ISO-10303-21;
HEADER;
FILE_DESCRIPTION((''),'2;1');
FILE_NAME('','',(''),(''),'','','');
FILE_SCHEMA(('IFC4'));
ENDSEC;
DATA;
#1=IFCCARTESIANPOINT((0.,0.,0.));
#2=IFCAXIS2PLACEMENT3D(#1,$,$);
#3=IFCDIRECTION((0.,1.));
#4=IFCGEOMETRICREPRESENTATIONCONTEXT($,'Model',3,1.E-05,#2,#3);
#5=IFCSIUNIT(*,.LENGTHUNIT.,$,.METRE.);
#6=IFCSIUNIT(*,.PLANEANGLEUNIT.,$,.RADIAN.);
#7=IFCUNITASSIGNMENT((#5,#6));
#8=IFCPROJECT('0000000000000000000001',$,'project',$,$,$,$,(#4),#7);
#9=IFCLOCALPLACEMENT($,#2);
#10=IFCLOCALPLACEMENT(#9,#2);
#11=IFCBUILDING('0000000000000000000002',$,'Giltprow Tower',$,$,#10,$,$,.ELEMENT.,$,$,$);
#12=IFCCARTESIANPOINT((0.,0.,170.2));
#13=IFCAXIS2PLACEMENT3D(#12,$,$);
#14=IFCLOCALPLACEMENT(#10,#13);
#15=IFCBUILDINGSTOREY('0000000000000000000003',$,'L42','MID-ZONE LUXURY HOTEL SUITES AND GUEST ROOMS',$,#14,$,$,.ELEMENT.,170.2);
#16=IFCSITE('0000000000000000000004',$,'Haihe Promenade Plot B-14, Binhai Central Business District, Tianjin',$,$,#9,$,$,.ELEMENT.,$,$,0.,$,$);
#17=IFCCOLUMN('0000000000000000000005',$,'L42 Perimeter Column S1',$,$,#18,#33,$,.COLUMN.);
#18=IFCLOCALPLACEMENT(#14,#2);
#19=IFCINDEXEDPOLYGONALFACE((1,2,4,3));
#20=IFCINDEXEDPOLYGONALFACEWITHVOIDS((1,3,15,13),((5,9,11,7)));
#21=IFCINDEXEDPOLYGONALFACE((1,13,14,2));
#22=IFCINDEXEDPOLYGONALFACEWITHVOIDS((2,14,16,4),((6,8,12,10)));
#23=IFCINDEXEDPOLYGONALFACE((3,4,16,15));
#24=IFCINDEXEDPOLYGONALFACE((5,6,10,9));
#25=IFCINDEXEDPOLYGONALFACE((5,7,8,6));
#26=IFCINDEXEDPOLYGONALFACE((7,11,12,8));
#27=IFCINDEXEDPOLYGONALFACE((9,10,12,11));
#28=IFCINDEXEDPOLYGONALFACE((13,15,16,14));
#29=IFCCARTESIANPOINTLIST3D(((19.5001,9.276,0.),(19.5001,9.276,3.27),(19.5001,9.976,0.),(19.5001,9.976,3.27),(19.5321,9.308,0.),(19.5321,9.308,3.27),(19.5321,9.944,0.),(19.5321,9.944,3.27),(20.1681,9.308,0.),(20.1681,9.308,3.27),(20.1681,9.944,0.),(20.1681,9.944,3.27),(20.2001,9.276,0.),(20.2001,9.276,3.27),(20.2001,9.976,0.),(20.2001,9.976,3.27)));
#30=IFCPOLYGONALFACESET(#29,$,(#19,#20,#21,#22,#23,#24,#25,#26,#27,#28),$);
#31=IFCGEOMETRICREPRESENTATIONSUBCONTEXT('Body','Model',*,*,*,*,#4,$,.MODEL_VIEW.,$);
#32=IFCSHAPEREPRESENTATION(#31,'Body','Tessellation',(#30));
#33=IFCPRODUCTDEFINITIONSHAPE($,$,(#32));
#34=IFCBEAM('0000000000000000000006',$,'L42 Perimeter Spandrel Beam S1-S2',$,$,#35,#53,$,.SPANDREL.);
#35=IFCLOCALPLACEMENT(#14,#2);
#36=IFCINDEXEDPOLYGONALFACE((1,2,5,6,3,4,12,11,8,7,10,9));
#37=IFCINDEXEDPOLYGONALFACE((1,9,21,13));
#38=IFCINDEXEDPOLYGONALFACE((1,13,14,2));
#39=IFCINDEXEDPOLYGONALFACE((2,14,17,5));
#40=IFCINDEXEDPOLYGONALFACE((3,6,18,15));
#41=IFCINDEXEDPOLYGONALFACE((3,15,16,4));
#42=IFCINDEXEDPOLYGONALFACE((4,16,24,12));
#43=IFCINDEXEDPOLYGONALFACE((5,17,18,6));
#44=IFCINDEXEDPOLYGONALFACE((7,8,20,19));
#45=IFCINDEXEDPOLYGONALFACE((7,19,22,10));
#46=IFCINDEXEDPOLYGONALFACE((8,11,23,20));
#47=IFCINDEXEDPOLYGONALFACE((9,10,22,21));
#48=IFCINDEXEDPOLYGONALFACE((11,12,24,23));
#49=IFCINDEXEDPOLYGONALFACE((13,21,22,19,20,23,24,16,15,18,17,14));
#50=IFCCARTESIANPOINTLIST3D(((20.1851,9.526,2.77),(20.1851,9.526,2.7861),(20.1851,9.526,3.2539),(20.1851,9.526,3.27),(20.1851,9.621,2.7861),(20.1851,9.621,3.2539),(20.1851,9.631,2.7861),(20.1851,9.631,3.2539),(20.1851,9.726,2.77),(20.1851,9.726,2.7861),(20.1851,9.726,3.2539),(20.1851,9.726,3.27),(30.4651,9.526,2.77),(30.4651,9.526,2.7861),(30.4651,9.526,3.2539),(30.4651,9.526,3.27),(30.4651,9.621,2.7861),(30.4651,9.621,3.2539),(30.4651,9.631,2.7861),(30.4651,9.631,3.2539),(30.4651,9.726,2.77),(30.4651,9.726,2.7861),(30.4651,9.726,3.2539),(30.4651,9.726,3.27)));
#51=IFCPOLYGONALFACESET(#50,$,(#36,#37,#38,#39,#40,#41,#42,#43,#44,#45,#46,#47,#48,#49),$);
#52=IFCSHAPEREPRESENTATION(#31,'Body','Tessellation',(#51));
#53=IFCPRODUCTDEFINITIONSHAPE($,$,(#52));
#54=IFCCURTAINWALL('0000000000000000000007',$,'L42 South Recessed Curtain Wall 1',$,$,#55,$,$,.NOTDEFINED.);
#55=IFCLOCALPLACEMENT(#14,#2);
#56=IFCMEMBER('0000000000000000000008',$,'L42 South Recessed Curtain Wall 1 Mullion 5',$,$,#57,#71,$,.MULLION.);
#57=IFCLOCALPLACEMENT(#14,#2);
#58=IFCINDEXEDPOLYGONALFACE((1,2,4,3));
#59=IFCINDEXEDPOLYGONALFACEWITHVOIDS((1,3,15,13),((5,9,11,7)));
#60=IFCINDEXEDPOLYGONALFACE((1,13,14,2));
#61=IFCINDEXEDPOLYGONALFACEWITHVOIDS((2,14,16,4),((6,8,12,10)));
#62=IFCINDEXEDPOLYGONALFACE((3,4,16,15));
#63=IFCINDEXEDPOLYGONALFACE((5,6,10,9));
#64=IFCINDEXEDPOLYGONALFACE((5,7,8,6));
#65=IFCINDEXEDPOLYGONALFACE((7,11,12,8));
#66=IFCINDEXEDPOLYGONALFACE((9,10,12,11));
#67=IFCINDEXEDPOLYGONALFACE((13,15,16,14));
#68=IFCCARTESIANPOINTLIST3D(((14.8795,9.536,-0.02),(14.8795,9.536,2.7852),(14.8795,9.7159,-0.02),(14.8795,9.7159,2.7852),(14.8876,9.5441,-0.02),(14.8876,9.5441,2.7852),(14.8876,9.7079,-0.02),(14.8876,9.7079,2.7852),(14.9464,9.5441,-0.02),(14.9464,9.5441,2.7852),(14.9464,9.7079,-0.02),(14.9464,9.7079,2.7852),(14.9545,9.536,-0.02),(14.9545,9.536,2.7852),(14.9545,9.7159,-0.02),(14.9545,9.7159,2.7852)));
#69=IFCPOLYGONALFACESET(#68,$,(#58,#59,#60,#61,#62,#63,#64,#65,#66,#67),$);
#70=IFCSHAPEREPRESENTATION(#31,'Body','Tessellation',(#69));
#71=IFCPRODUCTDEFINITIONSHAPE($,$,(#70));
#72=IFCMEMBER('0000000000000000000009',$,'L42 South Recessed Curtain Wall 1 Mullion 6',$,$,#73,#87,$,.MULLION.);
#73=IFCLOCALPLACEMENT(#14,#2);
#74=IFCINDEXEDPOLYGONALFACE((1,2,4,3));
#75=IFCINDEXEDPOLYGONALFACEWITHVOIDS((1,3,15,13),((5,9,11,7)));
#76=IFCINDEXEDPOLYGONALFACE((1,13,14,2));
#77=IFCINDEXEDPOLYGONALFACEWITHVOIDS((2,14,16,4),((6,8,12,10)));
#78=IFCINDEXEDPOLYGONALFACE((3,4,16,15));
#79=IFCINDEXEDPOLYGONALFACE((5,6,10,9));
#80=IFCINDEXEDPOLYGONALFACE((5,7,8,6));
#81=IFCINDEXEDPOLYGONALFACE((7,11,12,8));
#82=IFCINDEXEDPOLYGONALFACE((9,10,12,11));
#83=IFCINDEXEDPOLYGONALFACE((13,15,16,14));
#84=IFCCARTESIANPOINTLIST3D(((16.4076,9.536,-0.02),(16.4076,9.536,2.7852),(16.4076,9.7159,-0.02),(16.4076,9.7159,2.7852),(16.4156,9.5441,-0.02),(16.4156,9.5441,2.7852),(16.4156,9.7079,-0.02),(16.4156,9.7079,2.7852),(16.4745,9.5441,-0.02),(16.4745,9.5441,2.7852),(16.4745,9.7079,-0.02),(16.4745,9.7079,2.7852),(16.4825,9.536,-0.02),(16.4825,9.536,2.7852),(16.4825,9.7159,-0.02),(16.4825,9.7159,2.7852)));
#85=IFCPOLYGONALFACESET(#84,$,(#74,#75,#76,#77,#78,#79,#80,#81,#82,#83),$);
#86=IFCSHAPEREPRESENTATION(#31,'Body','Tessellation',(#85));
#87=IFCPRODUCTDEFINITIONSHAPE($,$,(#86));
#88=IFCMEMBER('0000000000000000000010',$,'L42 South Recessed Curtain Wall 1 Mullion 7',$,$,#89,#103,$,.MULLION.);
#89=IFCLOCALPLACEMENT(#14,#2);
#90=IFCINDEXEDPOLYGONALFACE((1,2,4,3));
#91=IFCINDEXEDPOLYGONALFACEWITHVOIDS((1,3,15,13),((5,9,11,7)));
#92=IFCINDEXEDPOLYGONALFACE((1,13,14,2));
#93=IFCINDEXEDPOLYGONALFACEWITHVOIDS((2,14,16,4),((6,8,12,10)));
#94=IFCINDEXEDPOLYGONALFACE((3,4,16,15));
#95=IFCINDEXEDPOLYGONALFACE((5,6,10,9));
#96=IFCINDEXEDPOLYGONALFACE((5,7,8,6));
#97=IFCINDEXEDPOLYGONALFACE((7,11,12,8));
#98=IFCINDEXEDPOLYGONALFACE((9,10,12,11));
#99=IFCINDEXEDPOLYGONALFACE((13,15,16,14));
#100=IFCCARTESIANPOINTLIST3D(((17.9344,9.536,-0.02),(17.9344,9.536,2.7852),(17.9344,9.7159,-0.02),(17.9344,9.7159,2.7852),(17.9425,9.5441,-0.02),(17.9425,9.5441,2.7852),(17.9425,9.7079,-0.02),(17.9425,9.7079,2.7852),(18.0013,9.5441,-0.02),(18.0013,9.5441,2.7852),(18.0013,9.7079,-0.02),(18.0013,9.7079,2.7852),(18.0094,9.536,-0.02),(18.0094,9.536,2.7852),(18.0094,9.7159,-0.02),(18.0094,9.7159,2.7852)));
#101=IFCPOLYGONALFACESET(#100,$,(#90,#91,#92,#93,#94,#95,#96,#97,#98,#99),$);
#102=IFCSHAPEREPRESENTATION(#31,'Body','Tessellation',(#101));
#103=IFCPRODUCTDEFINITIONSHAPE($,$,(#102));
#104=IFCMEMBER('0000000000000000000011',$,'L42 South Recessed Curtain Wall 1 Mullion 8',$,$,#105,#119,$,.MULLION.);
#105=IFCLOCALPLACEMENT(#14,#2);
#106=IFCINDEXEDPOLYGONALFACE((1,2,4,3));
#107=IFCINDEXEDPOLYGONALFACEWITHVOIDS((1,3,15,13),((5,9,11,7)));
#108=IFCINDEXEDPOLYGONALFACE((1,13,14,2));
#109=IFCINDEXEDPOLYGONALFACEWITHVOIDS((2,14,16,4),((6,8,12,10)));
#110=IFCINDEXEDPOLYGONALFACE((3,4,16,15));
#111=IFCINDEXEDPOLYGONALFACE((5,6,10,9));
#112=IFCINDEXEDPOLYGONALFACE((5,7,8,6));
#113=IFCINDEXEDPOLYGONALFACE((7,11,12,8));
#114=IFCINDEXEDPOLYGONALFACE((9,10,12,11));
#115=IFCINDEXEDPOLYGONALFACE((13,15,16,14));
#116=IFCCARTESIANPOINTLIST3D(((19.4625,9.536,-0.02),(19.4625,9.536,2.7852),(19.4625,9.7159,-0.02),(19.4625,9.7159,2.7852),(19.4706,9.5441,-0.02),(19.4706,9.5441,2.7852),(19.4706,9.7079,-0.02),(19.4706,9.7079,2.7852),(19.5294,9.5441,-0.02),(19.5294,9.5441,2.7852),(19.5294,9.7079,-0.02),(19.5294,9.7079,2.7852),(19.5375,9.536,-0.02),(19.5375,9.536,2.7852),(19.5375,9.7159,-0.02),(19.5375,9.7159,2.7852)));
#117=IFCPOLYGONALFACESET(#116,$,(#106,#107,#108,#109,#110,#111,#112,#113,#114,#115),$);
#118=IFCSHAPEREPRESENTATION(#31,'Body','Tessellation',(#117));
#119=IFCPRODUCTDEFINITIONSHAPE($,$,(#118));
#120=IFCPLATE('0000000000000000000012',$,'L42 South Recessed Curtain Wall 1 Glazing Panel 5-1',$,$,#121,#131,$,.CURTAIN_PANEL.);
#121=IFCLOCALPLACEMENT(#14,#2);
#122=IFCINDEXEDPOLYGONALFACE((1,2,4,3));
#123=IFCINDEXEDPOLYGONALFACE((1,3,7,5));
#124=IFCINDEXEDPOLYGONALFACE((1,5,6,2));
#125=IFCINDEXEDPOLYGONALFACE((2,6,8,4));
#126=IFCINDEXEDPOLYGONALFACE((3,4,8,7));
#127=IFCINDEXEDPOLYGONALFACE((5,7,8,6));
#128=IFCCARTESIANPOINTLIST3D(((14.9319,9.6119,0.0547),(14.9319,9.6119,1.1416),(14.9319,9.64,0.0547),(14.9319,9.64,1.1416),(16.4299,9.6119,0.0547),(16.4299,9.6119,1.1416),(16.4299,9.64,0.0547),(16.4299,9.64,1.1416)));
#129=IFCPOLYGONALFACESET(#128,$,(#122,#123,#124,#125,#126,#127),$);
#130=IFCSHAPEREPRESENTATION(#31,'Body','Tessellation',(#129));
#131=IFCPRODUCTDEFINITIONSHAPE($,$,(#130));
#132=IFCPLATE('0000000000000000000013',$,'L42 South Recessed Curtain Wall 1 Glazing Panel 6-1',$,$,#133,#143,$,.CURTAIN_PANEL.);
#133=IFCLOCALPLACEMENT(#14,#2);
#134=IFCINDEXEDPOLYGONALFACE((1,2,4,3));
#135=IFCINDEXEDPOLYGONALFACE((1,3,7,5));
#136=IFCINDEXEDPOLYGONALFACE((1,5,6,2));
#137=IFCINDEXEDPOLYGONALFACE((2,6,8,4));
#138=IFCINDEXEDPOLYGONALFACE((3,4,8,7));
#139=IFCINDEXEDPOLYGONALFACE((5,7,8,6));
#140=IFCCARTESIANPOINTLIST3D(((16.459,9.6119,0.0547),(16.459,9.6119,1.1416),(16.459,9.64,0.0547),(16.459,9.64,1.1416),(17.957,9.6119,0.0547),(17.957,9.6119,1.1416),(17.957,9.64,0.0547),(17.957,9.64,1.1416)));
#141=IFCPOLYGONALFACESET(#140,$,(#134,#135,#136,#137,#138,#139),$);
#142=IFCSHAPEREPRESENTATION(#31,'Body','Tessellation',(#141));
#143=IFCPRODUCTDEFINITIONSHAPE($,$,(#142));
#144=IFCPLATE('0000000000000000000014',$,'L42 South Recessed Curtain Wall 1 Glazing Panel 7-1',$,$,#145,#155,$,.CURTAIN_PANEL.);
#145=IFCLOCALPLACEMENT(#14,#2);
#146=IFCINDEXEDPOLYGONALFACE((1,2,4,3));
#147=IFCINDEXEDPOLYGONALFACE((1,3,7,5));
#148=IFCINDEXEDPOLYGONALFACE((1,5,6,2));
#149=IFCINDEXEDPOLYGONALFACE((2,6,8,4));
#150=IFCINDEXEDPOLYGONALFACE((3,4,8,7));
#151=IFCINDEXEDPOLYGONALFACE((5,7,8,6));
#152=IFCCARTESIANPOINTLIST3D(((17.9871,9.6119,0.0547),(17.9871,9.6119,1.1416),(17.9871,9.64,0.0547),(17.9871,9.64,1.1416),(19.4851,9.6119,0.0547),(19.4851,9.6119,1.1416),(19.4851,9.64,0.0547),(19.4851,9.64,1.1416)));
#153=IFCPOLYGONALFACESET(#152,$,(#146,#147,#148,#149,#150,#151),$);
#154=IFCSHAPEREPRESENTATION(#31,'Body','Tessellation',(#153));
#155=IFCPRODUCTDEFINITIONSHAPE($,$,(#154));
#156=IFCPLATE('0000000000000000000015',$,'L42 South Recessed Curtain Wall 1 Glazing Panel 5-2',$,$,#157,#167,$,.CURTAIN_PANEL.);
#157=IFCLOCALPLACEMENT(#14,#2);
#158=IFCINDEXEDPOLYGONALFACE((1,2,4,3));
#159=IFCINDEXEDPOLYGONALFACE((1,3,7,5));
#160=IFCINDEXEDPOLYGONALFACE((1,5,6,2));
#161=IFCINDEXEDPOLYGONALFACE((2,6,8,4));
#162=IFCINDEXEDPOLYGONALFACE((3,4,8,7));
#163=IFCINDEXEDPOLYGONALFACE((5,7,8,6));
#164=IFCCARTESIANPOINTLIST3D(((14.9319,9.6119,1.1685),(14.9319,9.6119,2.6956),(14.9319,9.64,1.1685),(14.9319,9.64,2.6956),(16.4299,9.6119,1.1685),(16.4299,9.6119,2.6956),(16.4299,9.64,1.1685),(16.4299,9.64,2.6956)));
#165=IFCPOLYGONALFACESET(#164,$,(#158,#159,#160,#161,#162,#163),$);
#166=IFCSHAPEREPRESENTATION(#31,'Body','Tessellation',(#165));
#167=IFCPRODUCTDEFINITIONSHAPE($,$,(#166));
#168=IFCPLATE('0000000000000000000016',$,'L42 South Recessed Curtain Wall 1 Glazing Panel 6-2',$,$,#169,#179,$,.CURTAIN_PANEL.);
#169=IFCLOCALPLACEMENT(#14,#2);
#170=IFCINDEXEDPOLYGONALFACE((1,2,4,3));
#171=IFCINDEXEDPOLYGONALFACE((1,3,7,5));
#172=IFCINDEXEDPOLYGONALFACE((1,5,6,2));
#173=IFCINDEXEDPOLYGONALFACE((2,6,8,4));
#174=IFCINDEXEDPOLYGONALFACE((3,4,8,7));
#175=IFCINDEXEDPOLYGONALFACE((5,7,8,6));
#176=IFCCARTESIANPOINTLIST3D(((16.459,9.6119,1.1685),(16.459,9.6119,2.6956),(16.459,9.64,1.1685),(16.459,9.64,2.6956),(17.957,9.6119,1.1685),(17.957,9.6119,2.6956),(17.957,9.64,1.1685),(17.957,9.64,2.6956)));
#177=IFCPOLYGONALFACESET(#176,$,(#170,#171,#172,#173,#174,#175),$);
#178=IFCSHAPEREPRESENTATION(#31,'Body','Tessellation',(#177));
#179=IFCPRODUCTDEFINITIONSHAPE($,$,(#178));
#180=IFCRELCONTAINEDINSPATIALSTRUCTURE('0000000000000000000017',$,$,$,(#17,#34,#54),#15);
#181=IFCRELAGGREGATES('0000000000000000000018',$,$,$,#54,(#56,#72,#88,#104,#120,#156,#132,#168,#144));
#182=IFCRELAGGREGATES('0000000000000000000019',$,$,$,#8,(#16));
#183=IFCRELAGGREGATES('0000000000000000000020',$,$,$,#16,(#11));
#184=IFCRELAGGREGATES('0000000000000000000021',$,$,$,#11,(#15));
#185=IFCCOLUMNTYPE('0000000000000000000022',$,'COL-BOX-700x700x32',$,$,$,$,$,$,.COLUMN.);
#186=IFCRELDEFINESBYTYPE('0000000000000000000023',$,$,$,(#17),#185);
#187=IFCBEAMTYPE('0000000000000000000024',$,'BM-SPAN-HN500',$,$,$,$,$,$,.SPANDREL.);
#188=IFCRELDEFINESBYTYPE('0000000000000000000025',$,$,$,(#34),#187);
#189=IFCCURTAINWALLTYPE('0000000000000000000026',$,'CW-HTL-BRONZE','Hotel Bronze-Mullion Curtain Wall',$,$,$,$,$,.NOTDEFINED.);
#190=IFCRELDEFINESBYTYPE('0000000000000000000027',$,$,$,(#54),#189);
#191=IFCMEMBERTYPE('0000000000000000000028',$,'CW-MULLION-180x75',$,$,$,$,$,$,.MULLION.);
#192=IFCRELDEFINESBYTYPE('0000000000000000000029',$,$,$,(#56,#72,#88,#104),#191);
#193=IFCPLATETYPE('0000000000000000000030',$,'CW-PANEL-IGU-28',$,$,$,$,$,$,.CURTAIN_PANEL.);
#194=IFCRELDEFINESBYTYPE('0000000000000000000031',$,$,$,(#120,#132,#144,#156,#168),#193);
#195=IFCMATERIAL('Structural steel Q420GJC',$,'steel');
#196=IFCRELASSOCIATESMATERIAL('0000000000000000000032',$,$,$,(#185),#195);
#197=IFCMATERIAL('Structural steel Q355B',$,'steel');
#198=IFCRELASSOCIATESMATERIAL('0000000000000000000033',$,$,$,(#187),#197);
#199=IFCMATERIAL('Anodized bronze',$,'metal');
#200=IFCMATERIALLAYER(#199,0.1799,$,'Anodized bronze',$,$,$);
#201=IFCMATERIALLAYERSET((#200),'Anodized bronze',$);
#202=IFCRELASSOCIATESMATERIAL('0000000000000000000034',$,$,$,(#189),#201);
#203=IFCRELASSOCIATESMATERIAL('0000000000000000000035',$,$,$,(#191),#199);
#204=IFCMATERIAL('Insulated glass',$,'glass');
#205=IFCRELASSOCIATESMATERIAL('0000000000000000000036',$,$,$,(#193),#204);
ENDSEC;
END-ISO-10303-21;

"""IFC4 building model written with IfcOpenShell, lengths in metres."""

from ifc_helpers import new_model, si_unit, direction, frame, origin, origin_2d, place, context, subcontext, project, spatial, rectangle, hollow_rectangle, i_section, extrude, source, transform, mapped, material, layer, layer_set, material_profile, profile_set, type_object, element, aggregate, save


model = new_model("IFC4")

# Units and contexts
model_context = context("Model", 3, precision=1e-05, world=origin(), true_north=direction((0.0, 1.0)))
body_context = subcontext(model_context, "Body", "Model", "MODEL_VIEW")
ifc_project = project(units=[si_unit("LENGTHUNIT", "METRE"), si_unit("PLANEANGLEUNIT", "RADIAN")], contexts=[model_context])

# Site, building, storey
site_placement = place(None, origin())
site = spatial("IfcSite", under=ifc_project, at=site_placement, Name="Haihe Promenade Plot B-14, Binhai Central Business District, Tianjin", CompositionType="ELEMENT", RefElevation=0.0)
building_placement = place(site_placement, origin())
building = spatial("IfcBuilding", under=site, at=building_placement, Name="Giltprow Tower", CompositionType="ELEMENT")
storey_placement = place(building_placement, frame((0.0, 0.0, 170.2)))
storey = spatial("IfcBuildingStorey", under=building, at=storey_placement, Name="L42", Description="MID-ZONE LUXURY HOTEL SUITES AND GUEST ROOMS", CompositionType="ELEMENT", Elevation=170.2)

# Column
ifc_material_1 = material(Name="Structural steel Q420GJC", Category="steel")
ifc_material_profile_1 = material_profile(ifc_material_1, hollow_rectangle(XDim=0.7, YDim=0.7, WallThickness=0.032, at=origin_2d()), Name="BOX 700x700x32")
ifc_profile_set_1 = profile_set([ifc_material_profile_1], Name="Structural steel Q420GJC")
column_type = type_object("IfcColumnType", Name="COL-BOX-700x700x32", PredefinedType="COLUMN", material=ifc_profile_set_1)
shared_shape_1 = source(origin(), body_context, "Body", "SweptSolid", [
    extrude(hollow_rectangle(XDim=0.7, YDim=0.7, WallThickness=0.032, at=origin_2d()), origin(), (0.0, 0.0, 1.0), 3.27),
])
column_placement = place(storey_placement, frame((19.8501, 9.626, 0.0), z_axis=(0.0, 0.0, 1.0), x_axis=(1.0, 0.0, 0.0)))
element("IfcColumn", 1, at=column_placement, inside=storey, type_object=column_type, Name="L42 Perimeter Column S1", PredefinedType="COLUMN", context=body_context, shape_type="MappedRepresentation", body=[
    mapped(shared_shape_1, transform((0.0, 0.0, 0.0), x_axis=(1.0, 0.0, 0.0), y_axis=(0.0, 1.0, 0.0), z_axis=(0.0, 0.0, 1.0), scale=1.0)),
])

# Beam
ifc_material_2 = material(Name="Structural steel Q355B", Category="steel")
ifc_material_profile_2 = material_profile(ifc_material_2, i_section(OverallWidth=0.2, OverallDepth=0.5, WebThickness=0.01, FlangeThickness=0.0161, at=origin_2d()), Name="HN 500x200x10x16")
ifc_profile_set_2 = profile_set([ifc_material_profile_2], Name="Structural steel Q355B")
beam_type = type_object("IfcBeamType", Name="BM-SPAN-HN500", PredefinedType="SPANDREL", material=ifc_profile_set_2)
shared_shape_2 = source(origin(), body_context, "Body", "SweptSolid", [
    extrude(i_section(OverallWidth=0.2, OverallDepth=0.5, WebThickness=0.01, FlangeThickness=0.0161, at=origin_2d()), origin(), (0.0, 0.0, 1.0), 10.28),
])
beam_placement = place(storey_placement, frame((20.1851, 9.626, 3.02), z_axis=(1.0, 0.0, 0.0), x_axis=(0.0, 1.0, 0.0)))
element("IfcBeam", 2, at=beam_placement, inside=storey, type_object=beam_type, Name="L42 Perimeter Spandrel Beam S1-S2", PredefinedType="SPANDREL", context=body_context, shape_type="MappedRepresentation", body=[
    mapped(shared_shape_2, transform((0.0, 0.0, 0.0), x_axis=(1.0, 0.0, 0.0), y_axis=(0.0, 1.0, 0.0), z_axis=(0.0, 0.0, 1.0), scale=1.0)),
])

# Curtain wall, members, plates
ifc_material_3 = material(Name="Anodized bronze", Category="metal")
ifc_layer_1 = layer(ifc_material_3, 0.1799, Name="Anodized bronze")
ifc_layer_set_1 = layer_set([ifc_layer_1], Name="Anodized bronze")
curtain_wall_type = type_object("IfcCurtainWallType", Name="CW-HTL-BRONZE", Description="Hotel Bronze-Mullion Curtain Wall", PredefinedType="NOTDEFINED", material=ifc_layer_set_1)
curtain_wall_placement = place(storey_placement, origin())
curtain_wall = element("IfcCurtainWall", 3, at=curtain_wall_placement, inside=storey, type_object=curtain_wall_type, Name="L42 South Recessed Curtain Wall 1", PredefinedType="NOTDEFINED")
ifc_material_profile_3 = material_profile(ifc_material_3, hollow_rectangle(XDim=0.075, YDim=0.1799, WallThickness=0.0081, at=origin_2d()), Name="RHS 180x75x8")
ifc_profile_set_3 = profile_set([ifc_material_profile_3], Name="Anodized bronze")
member_type = type_object("IfcMemberType", Name="CW-MULLION-180x75", PredefinedType="MULLION", material=ifc_profile_set_3)
shared_shape_3 = source(origin(), body_context, "Body", "SweptSolid", [
    extrude(hollow_rectangle(XDim=0.075, YDim=0.1799, WallThickness=0.0081, at=origin_2d()), origin(), (0.0, 0.0, 1.0), 2.8052),
])
member_1_placement = place(storey_placement, frame((14.917, 9.626, -0.02), z_axis=(0.0, 0.0, 1.0), x_axis=(1.0, 0.0, 0.0)))
member_1 = element("IfcMember", 4, at=member_1_placement, type_object=member_type, Name="L42 South Recessed Curtain Wall 1 Mullion 5", PredefinedType="MULLION", context=body_context, shape_type="MappedRepresentation", body=[
    mapped(shared_shape_3, transform((0.0, 0.0, 0.0), x_axis=(1.0, 0.0, 0.0), y_axis=(0.0, 1.0, 0.0), z_axis=(0.0, 0.0, 1.0), scale=1.0)),
])
member_2_placement = place(storey_placement, frame((16.4451, 9.626, -0.02), z_axis=(0.0, 0.0, 1.0), x_axis=(1.0, 0.0, 0.0)))
member_2 = element("IfcMember", 5, at=member_2_placement, type_object=member_type, Name="L42 South Recessed Curtain Wall 1 Mullion 6", PredefinedType="MULLION", context=body_context, shape_type="MappedRepresentation", body=[
    mapped(shared_shape_3, transform((0.0, 0.0, 0.0), x_axis=(1.0, 0.0, 0.0), y_axis=(0.0, 1.0, 0.0), z_axis=(0.0, 0.0, 1.0), scale=1.0)),
])
member_3_placement = place(storey_placement, frame((17.9719, 9.626, -0.02), z_axis=(0.0, 0.0, 1.0), x_axis=(1.0, 0.0, 0.0)))
member_3 = element("IfcMember", 6, at=member_3_placement, type_object=member_type, Name="L42 South Recessed Curtain Wall 1 Mullion 7", PredefinedType="MULLION", context=body_context, shape_type="MappedRepresentation", body=[
    mapped(shared_shape_3, transform((0.0, 0.0, 0.0), x_axis=(1.0, 0.0, 0.0), y_axis=(0.0, 1.0, 0.0), z_axis=(0.0, 0.0, 1.0), scale=1.0)),
])
member_4_placement = place(storey_placement, frame((19.5, 9.626, -0.02), z_axis=(0.0, 0.0, 1.0), x_axis=(1.0, 0.0, 0.0)))
member_4 = element("IfcMember", 7, at=member_4_placement, type_object=member_type, Name="L42 South Recessed Curtain Wall 1 Mullion 8", PredefinedType="MULLION", context=body_context, shape_type="MappedRepresentation", body=[
    mapped(shared_shape_3, transform((0.0, 0.0, 0.0), x_axis=(1.0, 0.0, 0.0), y_axis=(0.0, 1.0, 0.0), z_axis=(0.0, 0.0, 1.0), scale=1.0)),
])
ifc_material_4 = material(Name="Insulated glass", Category="glass")
plate_type = type_object("IfcPlateType", Name="CW-PANEL-IGU-28", PredefinedType="CURTAIN_PANEL", material=ifc_material_4)
shared_shape_4 = source(origin(), body_context, "Body", "SweptSolid", [
    extrude(rectangle(XDim=1.498, YDim=0.0281, at=origin_2d()), origin(), (0.0, 0.0, 1.0), 1.0869),
])
plate_1_placement = place(storey_placement, frame((15.6809, 9.626, 0.0547), z_axis=(0.0, 0.0, 1.0), x_axis=(1.0, 0.0, 0.0)))
plate_1 = element("IfcPlate", 8, at=plate_1_placement, type_object=plate_type, Name="L42 South Recessed Curtain Wall 1 Glazing Panel 5-1", PredefinedType="CURTAIN_PANEL", context=body_context, shape_type="MappedRepresentation", body=[
    mapped(shared_shape_4, transform((0.0, 0.0, 0.0), x_axis=(1.0, 0.0, 0.0), y_axis=(0.0, 1.0, 0.0), z_axis=(0.0, 0.0, 1.0), scale=1.0)),
])
plate_2_placement = place(storey_placement, frame((17.208, 9.626, 0.0547), z_axis=(0.0, 0.0, 1.0), x_axis=(1.0, 0.0, 0.0)))
plate_2 = element("IfcPlate", 9, at=plate_2_placement, type_object=plate_type, Name="L42 South Recessed Curtain Wall 1 Glazing Panel 6-1", PredefinedType="CURTAIN_PANEL", context=body_context, shape_type="MappedRepresentation", body=[
    mapped(shared_shape_4, transform((0.0, 0.0, 0.0), x_axis=(1.0, 0.0, 0.0), y_axis=(0.0, 1.0, 0.0), z_axis=(0.0, 0.0, 1.0), scale=1.0)),
])
plate_3_placement = place(storey_placement, frame((18.7361, 9.626, 0.0547), z_axis=(0.0, 0.0, 1.0), x_axis=(1.0, 0.0, 0.0)))
plate_3 = element("IfcPlate", 10, at=plate_3_placement, type_object=plate_type, Name="L42 South Recessed Curtain Wall 1 Glazing Panel 7-1", PredefinedType="CURTAIN_PANEL", context=body_context, shape_type="MappedRepresentation", body=[
    mapped(shared_shape_4, transform((0.0, 0.0, 0.0), x_axis=(1.0, 0.0, 0.0), y_axis=(0.0, 1.0, 0.0), z_axis=(0.0, 0.0, 1.0), scale=1.0)),
])
shared_shape_5 = source(origin(), body_context, "Body", "SweptSolid", [
    extrude(rectangle(XDim=1.498, YDim=0.0281, at=origin_2d()), origin(), (0.0, 0.0, 1.0), 1.5271),
])
plate_4_placement = place(storey_placement, frame((15.6809, 9.626, 1.1685), z_axis=(0.0, 0.0, 1.0), x_axis=(1.0, 0.0, 0.0)))
plate_4 = element("IfcPlate", 11, at=plate_4_placement, type_object=plate_type, Name="L42 South Recessed Curtain Wall 1 Glazing Panel 5-2", PredefinedType="CURTAIN_PANEL", context=body_context, shape_type="MappedRepresentation", body=[
    mapped(shared_shape_5, transform((0.0, 0.0, 0.0), x_axis=(1.0, 0.0, 0.0), y_axis=(0.0, 1.0, 0.0), z_axis=(0.0, 0.0, 1.0), scale=1.0)),
])
plate_5_placement = place(storey_placement, frame((17.208, 9.626, 1.1685), z_axis=(0.0, 0.0, 1.0), x_axis=(1.0, 0.0, 0.0)))
plate_5 = element("IfcPlate", 12, at=plate_5_placement, type_object=plate_type, Name="L42 South Recessed Curtain Wall 1 Glazing Panel 6-2", PredefinedType="CURTAIN_PANEL", context=body_context, shape_type="MappedRepresentation", body=[
    mapped(shared_shape_5, transform((0.0, 0.0, 0.0), x_axis=(1.0, 0.0, 0.0), y_axis=(0.0, 1.0, 0.0), z_axis=(0.0, 0.0, 1.0), scale=1.0)),
])
aggregate(curtain_wall, [member_1, member_2, member_3, member_4, plate_1, plate_4, plate_2, plate_5, plate_3])

save(model, "model.ifc")
